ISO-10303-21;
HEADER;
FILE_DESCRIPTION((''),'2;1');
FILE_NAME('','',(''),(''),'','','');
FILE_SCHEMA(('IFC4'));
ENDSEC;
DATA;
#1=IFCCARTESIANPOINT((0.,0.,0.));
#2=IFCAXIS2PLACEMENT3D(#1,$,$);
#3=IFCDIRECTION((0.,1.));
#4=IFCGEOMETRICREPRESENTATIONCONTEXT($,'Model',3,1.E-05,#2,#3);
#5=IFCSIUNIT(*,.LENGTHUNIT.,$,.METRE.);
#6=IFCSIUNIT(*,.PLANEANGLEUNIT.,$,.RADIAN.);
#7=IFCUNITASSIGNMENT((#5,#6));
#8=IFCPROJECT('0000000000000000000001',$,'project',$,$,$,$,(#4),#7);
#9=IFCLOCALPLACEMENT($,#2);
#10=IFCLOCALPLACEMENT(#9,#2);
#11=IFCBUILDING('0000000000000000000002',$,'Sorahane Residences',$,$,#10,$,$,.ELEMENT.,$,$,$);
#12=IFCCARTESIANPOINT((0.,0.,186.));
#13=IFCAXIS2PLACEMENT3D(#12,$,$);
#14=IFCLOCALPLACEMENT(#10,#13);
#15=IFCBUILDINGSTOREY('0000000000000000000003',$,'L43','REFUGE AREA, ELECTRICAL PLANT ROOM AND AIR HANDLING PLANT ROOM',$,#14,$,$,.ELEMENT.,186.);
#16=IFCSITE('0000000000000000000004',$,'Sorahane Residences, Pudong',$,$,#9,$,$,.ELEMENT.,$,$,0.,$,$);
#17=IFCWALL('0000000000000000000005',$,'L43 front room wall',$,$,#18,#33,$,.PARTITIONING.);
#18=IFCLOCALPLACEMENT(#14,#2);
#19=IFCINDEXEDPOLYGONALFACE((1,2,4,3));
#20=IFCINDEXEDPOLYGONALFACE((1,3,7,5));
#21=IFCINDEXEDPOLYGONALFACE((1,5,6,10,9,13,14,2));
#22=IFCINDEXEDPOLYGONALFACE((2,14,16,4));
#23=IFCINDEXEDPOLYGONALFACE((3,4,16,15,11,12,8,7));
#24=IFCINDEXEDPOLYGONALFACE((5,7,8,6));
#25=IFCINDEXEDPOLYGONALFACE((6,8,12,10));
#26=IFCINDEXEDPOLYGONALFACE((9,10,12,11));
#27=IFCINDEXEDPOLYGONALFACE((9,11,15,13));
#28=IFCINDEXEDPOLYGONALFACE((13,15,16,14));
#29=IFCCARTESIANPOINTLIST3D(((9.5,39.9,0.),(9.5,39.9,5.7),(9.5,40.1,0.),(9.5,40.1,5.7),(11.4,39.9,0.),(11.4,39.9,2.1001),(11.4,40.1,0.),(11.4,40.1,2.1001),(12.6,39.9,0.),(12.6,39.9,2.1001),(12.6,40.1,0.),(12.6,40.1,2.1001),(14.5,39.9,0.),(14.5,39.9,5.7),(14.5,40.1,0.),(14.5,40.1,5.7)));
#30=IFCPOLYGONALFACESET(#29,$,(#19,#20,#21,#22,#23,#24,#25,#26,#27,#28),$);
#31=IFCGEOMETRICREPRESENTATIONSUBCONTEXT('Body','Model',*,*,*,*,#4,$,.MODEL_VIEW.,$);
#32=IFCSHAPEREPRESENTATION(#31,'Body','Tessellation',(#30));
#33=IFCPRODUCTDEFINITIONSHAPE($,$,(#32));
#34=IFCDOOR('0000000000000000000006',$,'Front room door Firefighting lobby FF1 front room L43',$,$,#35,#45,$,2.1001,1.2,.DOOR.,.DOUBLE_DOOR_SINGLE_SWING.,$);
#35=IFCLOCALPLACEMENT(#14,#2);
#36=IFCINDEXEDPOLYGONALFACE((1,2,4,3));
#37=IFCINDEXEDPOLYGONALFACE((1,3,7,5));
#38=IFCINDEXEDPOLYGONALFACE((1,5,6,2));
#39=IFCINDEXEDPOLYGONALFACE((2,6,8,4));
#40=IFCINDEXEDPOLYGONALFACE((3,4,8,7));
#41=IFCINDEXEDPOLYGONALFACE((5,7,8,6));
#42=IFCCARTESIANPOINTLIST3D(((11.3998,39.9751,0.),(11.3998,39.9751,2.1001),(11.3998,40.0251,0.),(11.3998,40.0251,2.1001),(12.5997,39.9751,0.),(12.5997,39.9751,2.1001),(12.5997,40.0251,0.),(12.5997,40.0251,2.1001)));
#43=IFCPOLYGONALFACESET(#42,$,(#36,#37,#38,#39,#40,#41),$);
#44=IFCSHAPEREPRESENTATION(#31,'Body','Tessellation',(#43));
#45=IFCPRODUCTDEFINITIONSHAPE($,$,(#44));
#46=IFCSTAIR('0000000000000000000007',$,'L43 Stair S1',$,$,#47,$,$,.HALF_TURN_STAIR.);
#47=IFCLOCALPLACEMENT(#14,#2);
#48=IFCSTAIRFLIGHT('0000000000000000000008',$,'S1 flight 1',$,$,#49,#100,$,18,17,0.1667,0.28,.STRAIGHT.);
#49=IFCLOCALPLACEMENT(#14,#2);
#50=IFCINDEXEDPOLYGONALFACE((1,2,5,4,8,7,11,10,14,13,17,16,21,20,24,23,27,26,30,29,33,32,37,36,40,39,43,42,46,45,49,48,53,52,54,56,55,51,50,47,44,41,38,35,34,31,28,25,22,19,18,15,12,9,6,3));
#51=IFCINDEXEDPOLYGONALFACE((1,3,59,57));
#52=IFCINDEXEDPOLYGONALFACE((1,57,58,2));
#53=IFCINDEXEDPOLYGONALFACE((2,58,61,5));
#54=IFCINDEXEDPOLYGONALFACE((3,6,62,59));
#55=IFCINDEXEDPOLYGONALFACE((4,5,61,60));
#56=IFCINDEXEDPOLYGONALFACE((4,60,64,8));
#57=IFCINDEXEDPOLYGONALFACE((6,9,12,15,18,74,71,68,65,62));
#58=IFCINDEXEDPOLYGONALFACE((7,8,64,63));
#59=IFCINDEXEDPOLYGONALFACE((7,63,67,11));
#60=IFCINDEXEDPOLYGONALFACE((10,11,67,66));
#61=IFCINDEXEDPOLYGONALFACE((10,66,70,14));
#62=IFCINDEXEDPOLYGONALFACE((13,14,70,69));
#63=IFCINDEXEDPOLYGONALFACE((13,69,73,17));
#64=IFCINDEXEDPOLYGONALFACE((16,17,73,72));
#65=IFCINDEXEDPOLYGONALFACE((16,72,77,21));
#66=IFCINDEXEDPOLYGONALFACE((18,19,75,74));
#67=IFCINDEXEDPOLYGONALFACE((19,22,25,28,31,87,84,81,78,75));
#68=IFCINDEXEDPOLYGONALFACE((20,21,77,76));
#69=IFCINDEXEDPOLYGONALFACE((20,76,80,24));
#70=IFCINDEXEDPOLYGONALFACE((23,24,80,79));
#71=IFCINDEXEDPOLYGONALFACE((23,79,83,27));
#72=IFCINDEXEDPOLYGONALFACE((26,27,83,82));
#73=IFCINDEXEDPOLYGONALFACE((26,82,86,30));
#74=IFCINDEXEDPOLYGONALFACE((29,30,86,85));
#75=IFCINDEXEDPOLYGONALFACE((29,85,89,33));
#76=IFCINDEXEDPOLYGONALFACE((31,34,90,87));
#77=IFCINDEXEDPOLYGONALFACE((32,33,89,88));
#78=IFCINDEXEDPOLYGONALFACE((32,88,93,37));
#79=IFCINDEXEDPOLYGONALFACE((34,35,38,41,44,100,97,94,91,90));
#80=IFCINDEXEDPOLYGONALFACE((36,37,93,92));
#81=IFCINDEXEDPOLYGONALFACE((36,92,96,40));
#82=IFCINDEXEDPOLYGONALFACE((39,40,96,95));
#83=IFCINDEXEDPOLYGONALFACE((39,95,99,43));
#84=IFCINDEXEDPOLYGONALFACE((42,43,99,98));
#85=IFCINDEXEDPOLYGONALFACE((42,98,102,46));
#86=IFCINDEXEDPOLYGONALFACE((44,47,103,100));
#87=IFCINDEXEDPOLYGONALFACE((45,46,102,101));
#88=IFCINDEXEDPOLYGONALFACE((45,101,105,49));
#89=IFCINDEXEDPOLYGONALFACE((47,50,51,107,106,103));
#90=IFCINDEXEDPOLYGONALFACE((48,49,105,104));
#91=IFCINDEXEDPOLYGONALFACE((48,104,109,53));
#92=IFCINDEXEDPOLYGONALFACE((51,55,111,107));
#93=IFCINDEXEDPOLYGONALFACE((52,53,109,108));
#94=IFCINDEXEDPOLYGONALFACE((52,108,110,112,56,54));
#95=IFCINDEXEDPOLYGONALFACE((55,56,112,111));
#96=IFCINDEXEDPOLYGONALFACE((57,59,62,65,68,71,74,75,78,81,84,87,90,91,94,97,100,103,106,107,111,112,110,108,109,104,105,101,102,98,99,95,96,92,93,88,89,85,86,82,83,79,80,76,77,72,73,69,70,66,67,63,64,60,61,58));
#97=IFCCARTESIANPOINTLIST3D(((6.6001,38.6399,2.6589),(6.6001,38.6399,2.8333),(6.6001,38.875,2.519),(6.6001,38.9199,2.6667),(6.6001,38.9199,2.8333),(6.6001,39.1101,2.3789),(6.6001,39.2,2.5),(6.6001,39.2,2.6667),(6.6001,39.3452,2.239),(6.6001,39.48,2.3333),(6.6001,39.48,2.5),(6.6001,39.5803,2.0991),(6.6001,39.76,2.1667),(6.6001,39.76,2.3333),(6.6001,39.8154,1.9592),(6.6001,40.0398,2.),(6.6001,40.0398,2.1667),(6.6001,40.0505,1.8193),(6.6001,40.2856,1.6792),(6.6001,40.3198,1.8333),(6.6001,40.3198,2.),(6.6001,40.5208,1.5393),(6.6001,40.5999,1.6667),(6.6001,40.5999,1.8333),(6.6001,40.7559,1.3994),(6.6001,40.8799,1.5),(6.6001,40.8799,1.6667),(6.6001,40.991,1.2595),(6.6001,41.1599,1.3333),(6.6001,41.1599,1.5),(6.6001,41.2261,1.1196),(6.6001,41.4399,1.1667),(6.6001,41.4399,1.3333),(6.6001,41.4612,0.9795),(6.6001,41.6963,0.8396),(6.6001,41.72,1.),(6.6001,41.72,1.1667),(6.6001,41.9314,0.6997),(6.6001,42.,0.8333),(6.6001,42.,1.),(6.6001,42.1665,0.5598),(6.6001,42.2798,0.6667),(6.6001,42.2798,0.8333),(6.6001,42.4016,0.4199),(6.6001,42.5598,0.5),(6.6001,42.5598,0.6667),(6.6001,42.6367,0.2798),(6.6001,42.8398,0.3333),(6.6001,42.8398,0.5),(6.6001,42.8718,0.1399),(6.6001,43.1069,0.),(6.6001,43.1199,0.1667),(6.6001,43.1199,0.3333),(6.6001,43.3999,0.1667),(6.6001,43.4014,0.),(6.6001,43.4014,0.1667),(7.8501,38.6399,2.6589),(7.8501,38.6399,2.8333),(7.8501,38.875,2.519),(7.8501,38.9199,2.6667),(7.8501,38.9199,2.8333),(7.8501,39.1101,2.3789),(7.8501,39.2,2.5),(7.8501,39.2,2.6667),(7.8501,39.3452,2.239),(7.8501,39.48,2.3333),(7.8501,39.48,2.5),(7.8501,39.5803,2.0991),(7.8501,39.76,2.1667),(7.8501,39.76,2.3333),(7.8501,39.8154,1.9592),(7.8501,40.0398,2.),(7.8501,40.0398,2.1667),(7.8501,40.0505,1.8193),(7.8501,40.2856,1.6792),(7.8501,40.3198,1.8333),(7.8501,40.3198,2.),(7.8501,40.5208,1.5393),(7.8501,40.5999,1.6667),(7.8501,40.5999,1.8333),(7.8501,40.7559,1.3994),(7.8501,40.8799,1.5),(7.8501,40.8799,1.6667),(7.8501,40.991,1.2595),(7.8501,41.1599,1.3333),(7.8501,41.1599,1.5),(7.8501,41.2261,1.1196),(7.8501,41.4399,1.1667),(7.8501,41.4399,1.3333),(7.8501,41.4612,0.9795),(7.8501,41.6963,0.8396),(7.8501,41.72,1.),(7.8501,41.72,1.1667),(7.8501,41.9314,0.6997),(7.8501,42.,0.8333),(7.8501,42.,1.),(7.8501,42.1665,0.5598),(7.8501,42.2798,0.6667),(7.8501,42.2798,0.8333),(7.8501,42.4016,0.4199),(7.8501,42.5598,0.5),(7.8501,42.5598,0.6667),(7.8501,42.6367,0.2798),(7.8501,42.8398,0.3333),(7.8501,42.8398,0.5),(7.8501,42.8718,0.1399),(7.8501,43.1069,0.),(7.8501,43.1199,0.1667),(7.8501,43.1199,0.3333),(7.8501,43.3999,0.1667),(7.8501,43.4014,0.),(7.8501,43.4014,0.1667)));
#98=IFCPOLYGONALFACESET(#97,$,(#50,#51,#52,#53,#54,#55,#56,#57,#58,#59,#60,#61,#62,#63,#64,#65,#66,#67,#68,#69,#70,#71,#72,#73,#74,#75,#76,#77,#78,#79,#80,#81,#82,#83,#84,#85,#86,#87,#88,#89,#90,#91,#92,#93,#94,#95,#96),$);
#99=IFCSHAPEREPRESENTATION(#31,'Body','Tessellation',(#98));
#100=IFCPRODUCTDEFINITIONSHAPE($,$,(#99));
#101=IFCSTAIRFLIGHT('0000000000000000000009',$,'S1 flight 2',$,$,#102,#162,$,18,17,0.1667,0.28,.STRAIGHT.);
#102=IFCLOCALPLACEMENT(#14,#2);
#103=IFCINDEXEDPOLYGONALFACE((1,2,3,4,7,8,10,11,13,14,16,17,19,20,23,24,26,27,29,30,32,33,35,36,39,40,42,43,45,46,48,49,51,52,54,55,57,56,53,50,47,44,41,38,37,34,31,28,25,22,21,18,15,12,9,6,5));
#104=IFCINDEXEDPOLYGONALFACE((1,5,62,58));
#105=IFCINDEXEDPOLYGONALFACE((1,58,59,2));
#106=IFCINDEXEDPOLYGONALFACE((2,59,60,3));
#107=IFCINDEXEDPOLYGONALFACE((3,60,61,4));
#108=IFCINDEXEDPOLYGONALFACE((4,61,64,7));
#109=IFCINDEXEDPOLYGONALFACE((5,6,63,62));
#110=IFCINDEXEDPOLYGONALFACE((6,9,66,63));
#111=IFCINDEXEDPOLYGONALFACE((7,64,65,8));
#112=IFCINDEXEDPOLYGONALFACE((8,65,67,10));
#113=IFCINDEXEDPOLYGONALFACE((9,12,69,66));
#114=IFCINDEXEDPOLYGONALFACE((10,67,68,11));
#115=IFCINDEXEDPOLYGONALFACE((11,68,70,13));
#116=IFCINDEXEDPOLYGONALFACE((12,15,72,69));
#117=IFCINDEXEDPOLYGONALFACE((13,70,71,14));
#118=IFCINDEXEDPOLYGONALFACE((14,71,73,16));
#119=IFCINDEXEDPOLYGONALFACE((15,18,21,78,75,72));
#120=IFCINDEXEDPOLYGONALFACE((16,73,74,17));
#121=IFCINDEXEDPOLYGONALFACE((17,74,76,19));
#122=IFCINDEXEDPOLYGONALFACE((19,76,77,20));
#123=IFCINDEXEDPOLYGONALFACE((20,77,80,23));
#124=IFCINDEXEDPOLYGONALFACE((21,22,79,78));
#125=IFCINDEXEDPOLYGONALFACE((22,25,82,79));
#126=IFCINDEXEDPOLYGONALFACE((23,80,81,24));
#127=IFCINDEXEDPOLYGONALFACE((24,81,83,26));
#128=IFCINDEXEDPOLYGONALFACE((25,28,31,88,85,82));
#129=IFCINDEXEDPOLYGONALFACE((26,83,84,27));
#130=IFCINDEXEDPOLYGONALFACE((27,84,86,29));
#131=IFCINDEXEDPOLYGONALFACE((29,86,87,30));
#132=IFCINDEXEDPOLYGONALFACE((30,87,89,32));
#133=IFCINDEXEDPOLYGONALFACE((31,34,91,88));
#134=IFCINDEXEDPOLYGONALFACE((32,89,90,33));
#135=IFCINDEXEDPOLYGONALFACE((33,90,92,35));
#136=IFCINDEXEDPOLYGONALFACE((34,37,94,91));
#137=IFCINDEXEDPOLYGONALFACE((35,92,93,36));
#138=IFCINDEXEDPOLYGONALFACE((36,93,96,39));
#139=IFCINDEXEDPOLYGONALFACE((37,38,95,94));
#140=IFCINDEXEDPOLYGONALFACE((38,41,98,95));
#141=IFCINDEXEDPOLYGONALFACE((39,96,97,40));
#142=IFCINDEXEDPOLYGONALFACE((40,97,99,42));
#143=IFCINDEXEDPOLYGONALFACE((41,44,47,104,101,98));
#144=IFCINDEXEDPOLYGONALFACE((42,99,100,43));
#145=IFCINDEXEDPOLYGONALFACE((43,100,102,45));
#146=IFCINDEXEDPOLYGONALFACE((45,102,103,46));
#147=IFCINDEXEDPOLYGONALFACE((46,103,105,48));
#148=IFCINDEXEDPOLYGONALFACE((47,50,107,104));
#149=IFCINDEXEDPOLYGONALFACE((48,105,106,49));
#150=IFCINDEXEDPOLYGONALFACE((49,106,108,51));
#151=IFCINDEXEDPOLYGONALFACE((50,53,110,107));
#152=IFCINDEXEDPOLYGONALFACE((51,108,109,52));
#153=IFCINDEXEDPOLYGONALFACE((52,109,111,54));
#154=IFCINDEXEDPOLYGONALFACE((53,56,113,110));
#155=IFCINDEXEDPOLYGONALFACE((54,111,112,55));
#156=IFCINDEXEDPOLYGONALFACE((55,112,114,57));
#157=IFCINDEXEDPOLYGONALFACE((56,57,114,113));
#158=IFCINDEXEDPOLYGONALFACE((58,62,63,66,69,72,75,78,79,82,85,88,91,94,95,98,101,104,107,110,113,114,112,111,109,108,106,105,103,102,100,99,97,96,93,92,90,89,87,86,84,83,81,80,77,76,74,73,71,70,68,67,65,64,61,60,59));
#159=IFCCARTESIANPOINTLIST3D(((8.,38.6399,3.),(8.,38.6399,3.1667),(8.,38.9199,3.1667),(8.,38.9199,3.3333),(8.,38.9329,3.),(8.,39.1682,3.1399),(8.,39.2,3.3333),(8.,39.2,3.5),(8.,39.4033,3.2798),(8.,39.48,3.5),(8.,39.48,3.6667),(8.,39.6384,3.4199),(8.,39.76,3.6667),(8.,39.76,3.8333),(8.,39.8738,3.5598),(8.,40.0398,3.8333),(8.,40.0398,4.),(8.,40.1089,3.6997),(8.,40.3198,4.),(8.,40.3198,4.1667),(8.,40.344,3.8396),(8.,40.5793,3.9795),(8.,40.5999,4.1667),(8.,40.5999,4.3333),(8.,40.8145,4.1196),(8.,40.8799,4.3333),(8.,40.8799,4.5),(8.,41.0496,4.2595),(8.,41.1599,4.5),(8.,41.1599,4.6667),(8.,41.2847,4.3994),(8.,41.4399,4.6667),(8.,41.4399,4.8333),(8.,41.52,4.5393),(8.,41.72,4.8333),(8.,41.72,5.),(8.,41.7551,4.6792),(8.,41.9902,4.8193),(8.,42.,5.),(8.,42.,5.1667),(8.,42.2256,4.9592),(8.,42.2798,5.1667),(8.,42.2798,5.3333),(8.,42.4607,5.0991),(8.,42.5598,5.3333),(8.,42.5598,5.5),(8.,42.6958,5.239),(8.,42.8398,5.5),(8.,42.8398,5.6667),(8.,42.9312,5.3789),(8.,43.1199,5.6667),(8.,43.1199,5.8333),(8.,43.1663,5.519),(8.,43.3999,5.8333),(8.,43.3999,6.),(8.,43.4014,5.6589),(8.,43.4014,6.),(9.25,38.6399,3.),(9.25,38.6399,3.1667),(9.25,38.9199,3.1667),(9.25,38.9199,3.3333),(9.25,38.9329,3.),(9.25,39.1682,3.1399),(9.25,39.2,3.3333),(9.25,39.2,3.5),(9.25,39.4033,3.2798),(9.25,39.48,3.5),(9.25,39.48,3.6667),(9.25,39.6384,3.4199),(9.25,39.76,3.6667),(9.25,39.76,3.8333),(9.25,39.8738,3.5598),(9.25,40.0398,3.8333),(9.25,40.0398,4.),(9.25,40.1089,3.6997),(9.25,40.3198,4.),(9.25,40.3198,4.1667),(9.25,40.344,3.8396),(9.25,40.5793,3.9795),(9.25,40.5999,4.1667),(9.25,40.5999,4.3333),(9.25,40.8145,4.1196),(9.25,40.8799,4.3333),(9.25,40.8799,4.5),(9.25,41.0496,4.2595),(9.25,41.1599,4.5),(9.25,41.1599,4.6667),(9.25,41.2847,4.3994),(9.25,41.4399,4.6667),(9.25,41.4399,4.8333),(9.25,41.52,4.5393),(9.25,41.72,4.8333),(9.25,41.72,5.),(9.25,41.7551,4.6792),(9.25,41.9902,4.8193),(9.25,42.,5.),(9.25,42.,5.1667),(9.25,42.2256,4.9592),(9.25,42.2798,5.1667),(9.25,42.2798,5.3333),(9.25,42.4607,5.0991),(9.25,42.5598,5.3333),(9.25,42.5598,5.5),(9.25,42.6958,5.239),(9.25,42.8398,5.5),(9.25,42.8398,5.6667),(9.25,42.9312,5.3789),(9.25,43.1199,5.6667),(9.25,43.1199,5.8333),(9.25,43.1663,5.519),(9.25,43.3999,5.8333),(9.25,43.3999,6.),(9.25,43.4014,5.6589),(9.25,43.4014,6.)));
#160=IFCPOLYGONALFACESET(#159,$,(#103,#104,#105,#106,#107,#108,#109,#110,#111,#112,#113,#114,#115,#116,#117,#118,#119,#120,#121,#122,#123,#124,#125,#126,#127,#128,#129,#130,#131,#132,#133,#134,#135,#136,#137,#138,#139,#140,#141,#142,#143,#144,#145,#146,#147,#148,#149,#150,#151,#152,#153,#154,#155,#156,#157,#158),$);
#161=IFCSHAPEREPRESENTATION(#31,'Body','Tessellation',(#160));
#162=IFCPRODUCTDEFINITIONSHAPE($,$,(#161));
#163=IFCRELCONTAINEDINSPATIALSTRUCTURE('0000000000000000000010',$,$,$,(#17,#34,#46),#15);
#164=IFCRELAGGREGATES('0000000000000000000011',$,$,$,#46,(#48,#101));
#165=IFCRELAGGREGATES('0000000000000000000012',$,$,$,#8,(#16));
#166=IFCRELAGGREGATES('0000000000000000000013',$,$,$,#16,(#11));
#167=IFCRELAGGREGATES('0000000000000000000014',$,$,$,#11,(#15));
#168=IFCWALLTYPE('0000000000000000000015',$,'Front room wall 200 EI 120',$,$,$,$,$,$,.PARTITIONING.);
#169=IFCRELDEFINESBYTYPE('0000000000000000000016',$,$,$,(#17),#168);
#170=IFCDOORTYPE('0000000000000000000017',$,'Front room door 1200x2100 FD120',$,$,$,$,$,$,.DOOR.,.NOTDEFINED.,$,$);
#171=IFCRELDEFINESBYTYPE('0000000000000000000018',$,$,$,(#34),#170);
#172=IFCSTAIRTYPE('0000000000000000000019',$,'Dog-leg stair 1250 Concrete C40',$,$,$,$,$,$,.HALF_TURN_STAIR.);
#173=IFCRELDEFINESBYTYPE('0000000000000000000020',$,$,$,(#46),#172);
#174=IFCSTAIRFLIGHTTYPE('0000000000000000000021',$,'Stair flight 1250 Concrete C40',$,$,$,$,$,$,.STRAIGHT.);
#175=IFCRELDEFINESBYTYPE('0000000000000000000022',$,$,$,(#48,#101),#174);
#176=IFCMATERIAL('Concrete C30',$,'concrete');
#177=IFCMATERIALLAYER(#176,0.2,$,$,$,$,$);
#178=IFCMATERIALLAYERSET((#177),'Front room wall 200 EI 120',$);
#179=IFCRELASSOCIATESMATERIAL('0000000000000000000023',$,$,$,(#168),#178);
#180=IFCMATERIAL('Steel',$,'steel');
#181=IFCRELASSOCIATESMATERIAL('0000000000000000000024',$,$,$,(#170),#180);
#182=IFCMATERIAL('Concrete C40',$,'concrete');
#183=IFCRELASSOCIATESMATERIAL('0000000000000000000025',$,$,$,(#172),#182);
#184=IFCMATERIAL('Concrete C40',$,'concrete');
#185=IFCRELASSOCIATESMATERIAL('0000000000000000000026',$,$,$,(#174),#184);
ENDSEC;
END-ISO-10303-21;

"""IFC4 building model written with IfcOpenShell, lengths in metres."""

from ifc_helpers import new_model, si_unit, direction, frame, frame_2d, origin, place, context, subcontext, project, spatial, polyline, rectangle, outline, extrude, material, layer, layer_set, type_object, element, fill, aggregate, save


model = new_model("IFC4")

# Units and contexts
model_context = context("Model", 3, precision=1e-05, world=origin(), true_north=direction((0.0, 1.0)))
body_context = subcontext(model_context, "Body", "Model", "MODEL_VIEW")
ifc_project = project(units=[si_unit("LENGTHUNIT", "METRE"), si_unit("PLANEANGLEUNIT", "RADIAN")], contexts=[model_context])

# Site, building, storey
site_placement = place(None, origin())
site = spatial("IfcSite", under=ifc_project, at=site_placement, Name="Sorahane Residences, Pudong", CompositionType="ELEMENT", RefElevation=0.0)
building_placement = place(site_placement, origin())
building = spatial("IfcBuilding", under=site, at=building_placement, Name="Sorahane Residences", CompositionType="ELEMENT")
storey_placement = place(building_placement, frame((0.0, 0.0, 186.0)))
storey = spatial("IfcBuildingStorey", under=building, at=storey_placement, Name="L43", Description="REFUGE AREA, ELECTRICAL PLANT ROOM AND AIR HANDLING PLANT ROOM", CompositionType="ELEMENT", Elevation=186.0)

# Wall, opening, door
ifc_material_1 = material(Name="Concrete C30", Category="concrete")
ifc_layer_1 = layer(ifc_material_1, 0.2)
ifc_layer_set_1 = layer_set([ifc_layer_1], Name="Front room wall 200 EI 120")
wall_type_1 = type_object("IfcWallType", Name="Front room wall 200 EI 120", PredefinedType="PARTITIONING", material=ifc_layer_set_1)
wall_1_placement = place(storey_placement, frame((9.5, 40.0, 0.0), z_axis=(0.0, 0.0, 1.0), x_axis=(1.0, 0.0, 0.0)))
wall_1 = element("IfcWall", 1, at=wall_1_placement, inside=storey, type_object=wall_type_1, Name="L43 front room wall", PredefinedType="PARTITIONING", context=body_context, shape_type="SweptSolid", body=[
    extrude(rectangle(XDim=5.0, YDim=0.2, at=frame_2d((2.5, 0.0))), origin(), (0.0, 0.0, 1.0), 5.7),
])
opening_placement = place(wall_1_placement, frame((1.8999, 0.0, 0.0)))
opening = element("IfcOpeningElement", 2, at=opening_placement, cuts=wall_1, PredefinedType="OPENING", context=body_context, shape_type="SweptSolid", body=[
    extrude(rectangle(XDim=1.2, YDim=2.1001, at=frame_2d((0.6001, 1.05))), frame((0.0, 0.1099, 0.0), z_axis=(0.0, -1.0, 0.0), x_axis=(1.0, 0.0, 0.0)), (0.0, 0.0, 1.0), 0.22),
])
ifc_material_2 = material(Name="Steel", Category="steel")
door_type = type_object("IfcDoorType", Name="Front room door 1200x2100 FD120", OperationType="NOTDEFINED", PredefinedType="DOOR", material=ifc_material_2)
door_placement = place(opening_placement, frame((1.2, 0.0, 0.0), z_axis=(0.0, 0.0, 1.0), x_axis=(-1.0, 0.0, 0.0)))
door = element("IfcDoor", 3, at=door_placement, inside=storey, type_object=door_type, Name="Front room door Firefighting lobby FF1 front room L43", OperationType="DOUBLE_DOOR_SINGLE_SWING", OverallHeight=2.1001, OverallWidth=1.2, PredefinedType="DOOR", context=body_context, shape_type="SweptSolid", body=[
    extrude(rectangle(XDim=1.2, YDim=2.1001, at=frame_2d((0.6001, 1.05))), frame((0.0, 0.0249, 0.0), z_axis=(0.0, -1.0, 0.0), x_axis=(1.0, 0.0, 0.0)), (0.0, 0.0, 1.0), 0.05),
])
fill(opening, door)

# Stair, stair flights
ifc_material_3 = material(Name="Concrete C40", Category="concrete")
stair_type = type_object("IfcStairType", Name="Dog-leg stair 1250 Concrete C40", PredefinedType="HALF_TURN_STAIR", material=ifc_material_3)
stair_placement = place(storey_placement, origin())
stair = element("IfcStair", 4, at=stair_placement, inside=storey, type_object=stair_type, Name="L43 Stair S1", PredefinedType="HALF_TURN_STAIR")
ifc_material_4 = material(Name="Concrete C40", Category="concrete")
stair_flight_type = type_object("IfcStairFlightType", Name="Stair flight 1250 Concrete C40", PredefinedType="STRAIGHT", material=ifc_material_4)
stair_flight_1_placement = place(storey_placement, frame((7.2251, 43.3999, 0.0), z_axis=(0.0, 0.0, 1.0), x_axis=(0.0, -1.0, 0.0)))
stair_flight_1 = element("IfcStairFlight", 5, at=stair_flight_1_placement, type_object=stair_flight_type, Name="S1 flight 1", NumberOfRisers=18, NumberOfTreads=17, PredefinedType="STRAIGHT", RiserHeight=0.1667, TreadLength=0.28, context=body_context, shape_type="SweptSolid", body=[
    extrude(outline(polyline([(-0.0015, 0.0), (-0.0015, 0.1667), (0.0, 0.1667), (0.28, 0.1667), (0.28, 0.3333), (0.5601, 0.3333), (0.5601, 0.5), (0.8401, 0.5), (0.8401, 0.6667), (1.1201, 0.6667), (1.1201, 0.8333), (1.3999, 0.8333), (1.3999, 1.0), (1.6799, 1.0), (1.6799, 1.1667), (1.96, 1.1667), (1.96, 1.3333), (2.24, 1.3333), (2.24, 1.5), (2.52, 1.5), (2.52, 1.6667), (2.8, 1.6667), (2.8, 1.8333), (3.0801, 1.8333), (3.0801, 2.0), (3.3601, 2.0), (3.3601, 2.1667), (3.6399, 2.1667), (3.6399, 2.3333), (3.9199, 2.3333), (3.9199, 2.5), (4.2, 2.5), (4.2, 2.6667), (4.48, 2.6667), (4.48, 2.8333), (4.76, 2.8333), (4.76, 3.0), (4.76, 2.6589), (4.5249, 2.519), (4.2898, 2.3789), (4.0547, 2.239), (3.8196, 2.0991), (3.5845, 1.9592), (3.3494, 1.8193), (3.1143, 1.6792), (2.8792, 1.5393), (2.644, 1.3994), (2.4089, 1.2595), (2.1738, 1.1196), (1.9387, 0.9795), (1.7036, 0.8396), (1.4685, 0.6997), (1.2334, 0.5598), (0.9983, 0.4199), (0.7632, 0.2798), (0.5281, 0.1399), (0.293, 0.0), (-0.0015, 0.0)])), frame((0.0, 0.625, 0.0), z_axis=(0.0, -1.0, 0.0), x_axis=(1.0, 0.0, 0.0)), (0.0, 0.0, 1.0), 1.25),
])
stair_flight_2_placement = place(storey_placement, frame((8.625, 38.6399, 3.0), z_axis=(0.0, 0.0, 1.0), x_axis=(0.0, 1.0, 0.0)))
stair_flight_2 = element("IfcStairFlight", 6, at=stair_flight_2_placement, type_object=stair_flight_type, Name="S1 flight 2", NumberOfRisers=18, NumberOfTreads=17, PredefinedType="STRAIGHT", RiserHeight=0.1667, TreadLength=0.28, context=body_context, shape_type="SweptSolid", body=[
    extrude(outline(polyline([(0.0, 0.0), (0.0, 0.1667), (0.28, 0.1667), (0.28, 0.3333), (0.5601, 0.3333), (0.5601, 0.5), (0.8401, 0.5), (0.8401, 0.6667), (1.1201, 0.6667), (1.1201, 0.8333), (1.3999, 0.8333), (1.3999, 1.0), (1.6799, 1.0), (1.6799, 1.1667), (1.96, 1.1667), (1.96, 1.3333), (2.24, 1.3333), (2.24, 1.5), (2.52, 1.5), (2.52, 1.6667), (2.8, 1.6667), (2.8, 1.8333), (3.0801, 1.8333), (3.0801, 2.0), (3.3601, 2.0), (3.3601, 2.1667), (3.6399, 2.1667), (3.6399, 2.3333), (3.9199, 2.3333), (3.9199, 2.5), (4.2, 2.5), (4.2, 2.6667), (4.48, 2.6667), (4.48, 2.8333), (4.76, 2.8333), (4.76, 3.0), (4.7615, 3.0), (4.7615, 2.6589), (4.5264, 2.519), (4.2913, 2.3789), (4.0559, 2.239), (3.8208, 2.0991), (3.5857, 1.9592), (3.3503, 1.8193), (3.1152, 1.6792), (2.8801, 1.5393), (2.6448, 1.3994), (2.4097, 1.2595), (2.1746, 1.1196), (1.9395, 0.9795), (1.7041, 0.8396), (1.469, 0.6997), (1.2339, 0.5598), (0.9985, 0.4199), (0.7634, 0.2798), (0.5283, 0.1399), (0.293, 0.0), (0.0, 0.0)])), frame((0.0, 0.625, 0.0), z_axis=(0.0, -1.0, 0.0), x_axis=(1.0, 0.0, 0.0)), (0.0, 0.0, 1.0), 1.25),
])
aggregate(stair, [stair_flight_1, stair_flight_2])

save(model, "model.ifc")
